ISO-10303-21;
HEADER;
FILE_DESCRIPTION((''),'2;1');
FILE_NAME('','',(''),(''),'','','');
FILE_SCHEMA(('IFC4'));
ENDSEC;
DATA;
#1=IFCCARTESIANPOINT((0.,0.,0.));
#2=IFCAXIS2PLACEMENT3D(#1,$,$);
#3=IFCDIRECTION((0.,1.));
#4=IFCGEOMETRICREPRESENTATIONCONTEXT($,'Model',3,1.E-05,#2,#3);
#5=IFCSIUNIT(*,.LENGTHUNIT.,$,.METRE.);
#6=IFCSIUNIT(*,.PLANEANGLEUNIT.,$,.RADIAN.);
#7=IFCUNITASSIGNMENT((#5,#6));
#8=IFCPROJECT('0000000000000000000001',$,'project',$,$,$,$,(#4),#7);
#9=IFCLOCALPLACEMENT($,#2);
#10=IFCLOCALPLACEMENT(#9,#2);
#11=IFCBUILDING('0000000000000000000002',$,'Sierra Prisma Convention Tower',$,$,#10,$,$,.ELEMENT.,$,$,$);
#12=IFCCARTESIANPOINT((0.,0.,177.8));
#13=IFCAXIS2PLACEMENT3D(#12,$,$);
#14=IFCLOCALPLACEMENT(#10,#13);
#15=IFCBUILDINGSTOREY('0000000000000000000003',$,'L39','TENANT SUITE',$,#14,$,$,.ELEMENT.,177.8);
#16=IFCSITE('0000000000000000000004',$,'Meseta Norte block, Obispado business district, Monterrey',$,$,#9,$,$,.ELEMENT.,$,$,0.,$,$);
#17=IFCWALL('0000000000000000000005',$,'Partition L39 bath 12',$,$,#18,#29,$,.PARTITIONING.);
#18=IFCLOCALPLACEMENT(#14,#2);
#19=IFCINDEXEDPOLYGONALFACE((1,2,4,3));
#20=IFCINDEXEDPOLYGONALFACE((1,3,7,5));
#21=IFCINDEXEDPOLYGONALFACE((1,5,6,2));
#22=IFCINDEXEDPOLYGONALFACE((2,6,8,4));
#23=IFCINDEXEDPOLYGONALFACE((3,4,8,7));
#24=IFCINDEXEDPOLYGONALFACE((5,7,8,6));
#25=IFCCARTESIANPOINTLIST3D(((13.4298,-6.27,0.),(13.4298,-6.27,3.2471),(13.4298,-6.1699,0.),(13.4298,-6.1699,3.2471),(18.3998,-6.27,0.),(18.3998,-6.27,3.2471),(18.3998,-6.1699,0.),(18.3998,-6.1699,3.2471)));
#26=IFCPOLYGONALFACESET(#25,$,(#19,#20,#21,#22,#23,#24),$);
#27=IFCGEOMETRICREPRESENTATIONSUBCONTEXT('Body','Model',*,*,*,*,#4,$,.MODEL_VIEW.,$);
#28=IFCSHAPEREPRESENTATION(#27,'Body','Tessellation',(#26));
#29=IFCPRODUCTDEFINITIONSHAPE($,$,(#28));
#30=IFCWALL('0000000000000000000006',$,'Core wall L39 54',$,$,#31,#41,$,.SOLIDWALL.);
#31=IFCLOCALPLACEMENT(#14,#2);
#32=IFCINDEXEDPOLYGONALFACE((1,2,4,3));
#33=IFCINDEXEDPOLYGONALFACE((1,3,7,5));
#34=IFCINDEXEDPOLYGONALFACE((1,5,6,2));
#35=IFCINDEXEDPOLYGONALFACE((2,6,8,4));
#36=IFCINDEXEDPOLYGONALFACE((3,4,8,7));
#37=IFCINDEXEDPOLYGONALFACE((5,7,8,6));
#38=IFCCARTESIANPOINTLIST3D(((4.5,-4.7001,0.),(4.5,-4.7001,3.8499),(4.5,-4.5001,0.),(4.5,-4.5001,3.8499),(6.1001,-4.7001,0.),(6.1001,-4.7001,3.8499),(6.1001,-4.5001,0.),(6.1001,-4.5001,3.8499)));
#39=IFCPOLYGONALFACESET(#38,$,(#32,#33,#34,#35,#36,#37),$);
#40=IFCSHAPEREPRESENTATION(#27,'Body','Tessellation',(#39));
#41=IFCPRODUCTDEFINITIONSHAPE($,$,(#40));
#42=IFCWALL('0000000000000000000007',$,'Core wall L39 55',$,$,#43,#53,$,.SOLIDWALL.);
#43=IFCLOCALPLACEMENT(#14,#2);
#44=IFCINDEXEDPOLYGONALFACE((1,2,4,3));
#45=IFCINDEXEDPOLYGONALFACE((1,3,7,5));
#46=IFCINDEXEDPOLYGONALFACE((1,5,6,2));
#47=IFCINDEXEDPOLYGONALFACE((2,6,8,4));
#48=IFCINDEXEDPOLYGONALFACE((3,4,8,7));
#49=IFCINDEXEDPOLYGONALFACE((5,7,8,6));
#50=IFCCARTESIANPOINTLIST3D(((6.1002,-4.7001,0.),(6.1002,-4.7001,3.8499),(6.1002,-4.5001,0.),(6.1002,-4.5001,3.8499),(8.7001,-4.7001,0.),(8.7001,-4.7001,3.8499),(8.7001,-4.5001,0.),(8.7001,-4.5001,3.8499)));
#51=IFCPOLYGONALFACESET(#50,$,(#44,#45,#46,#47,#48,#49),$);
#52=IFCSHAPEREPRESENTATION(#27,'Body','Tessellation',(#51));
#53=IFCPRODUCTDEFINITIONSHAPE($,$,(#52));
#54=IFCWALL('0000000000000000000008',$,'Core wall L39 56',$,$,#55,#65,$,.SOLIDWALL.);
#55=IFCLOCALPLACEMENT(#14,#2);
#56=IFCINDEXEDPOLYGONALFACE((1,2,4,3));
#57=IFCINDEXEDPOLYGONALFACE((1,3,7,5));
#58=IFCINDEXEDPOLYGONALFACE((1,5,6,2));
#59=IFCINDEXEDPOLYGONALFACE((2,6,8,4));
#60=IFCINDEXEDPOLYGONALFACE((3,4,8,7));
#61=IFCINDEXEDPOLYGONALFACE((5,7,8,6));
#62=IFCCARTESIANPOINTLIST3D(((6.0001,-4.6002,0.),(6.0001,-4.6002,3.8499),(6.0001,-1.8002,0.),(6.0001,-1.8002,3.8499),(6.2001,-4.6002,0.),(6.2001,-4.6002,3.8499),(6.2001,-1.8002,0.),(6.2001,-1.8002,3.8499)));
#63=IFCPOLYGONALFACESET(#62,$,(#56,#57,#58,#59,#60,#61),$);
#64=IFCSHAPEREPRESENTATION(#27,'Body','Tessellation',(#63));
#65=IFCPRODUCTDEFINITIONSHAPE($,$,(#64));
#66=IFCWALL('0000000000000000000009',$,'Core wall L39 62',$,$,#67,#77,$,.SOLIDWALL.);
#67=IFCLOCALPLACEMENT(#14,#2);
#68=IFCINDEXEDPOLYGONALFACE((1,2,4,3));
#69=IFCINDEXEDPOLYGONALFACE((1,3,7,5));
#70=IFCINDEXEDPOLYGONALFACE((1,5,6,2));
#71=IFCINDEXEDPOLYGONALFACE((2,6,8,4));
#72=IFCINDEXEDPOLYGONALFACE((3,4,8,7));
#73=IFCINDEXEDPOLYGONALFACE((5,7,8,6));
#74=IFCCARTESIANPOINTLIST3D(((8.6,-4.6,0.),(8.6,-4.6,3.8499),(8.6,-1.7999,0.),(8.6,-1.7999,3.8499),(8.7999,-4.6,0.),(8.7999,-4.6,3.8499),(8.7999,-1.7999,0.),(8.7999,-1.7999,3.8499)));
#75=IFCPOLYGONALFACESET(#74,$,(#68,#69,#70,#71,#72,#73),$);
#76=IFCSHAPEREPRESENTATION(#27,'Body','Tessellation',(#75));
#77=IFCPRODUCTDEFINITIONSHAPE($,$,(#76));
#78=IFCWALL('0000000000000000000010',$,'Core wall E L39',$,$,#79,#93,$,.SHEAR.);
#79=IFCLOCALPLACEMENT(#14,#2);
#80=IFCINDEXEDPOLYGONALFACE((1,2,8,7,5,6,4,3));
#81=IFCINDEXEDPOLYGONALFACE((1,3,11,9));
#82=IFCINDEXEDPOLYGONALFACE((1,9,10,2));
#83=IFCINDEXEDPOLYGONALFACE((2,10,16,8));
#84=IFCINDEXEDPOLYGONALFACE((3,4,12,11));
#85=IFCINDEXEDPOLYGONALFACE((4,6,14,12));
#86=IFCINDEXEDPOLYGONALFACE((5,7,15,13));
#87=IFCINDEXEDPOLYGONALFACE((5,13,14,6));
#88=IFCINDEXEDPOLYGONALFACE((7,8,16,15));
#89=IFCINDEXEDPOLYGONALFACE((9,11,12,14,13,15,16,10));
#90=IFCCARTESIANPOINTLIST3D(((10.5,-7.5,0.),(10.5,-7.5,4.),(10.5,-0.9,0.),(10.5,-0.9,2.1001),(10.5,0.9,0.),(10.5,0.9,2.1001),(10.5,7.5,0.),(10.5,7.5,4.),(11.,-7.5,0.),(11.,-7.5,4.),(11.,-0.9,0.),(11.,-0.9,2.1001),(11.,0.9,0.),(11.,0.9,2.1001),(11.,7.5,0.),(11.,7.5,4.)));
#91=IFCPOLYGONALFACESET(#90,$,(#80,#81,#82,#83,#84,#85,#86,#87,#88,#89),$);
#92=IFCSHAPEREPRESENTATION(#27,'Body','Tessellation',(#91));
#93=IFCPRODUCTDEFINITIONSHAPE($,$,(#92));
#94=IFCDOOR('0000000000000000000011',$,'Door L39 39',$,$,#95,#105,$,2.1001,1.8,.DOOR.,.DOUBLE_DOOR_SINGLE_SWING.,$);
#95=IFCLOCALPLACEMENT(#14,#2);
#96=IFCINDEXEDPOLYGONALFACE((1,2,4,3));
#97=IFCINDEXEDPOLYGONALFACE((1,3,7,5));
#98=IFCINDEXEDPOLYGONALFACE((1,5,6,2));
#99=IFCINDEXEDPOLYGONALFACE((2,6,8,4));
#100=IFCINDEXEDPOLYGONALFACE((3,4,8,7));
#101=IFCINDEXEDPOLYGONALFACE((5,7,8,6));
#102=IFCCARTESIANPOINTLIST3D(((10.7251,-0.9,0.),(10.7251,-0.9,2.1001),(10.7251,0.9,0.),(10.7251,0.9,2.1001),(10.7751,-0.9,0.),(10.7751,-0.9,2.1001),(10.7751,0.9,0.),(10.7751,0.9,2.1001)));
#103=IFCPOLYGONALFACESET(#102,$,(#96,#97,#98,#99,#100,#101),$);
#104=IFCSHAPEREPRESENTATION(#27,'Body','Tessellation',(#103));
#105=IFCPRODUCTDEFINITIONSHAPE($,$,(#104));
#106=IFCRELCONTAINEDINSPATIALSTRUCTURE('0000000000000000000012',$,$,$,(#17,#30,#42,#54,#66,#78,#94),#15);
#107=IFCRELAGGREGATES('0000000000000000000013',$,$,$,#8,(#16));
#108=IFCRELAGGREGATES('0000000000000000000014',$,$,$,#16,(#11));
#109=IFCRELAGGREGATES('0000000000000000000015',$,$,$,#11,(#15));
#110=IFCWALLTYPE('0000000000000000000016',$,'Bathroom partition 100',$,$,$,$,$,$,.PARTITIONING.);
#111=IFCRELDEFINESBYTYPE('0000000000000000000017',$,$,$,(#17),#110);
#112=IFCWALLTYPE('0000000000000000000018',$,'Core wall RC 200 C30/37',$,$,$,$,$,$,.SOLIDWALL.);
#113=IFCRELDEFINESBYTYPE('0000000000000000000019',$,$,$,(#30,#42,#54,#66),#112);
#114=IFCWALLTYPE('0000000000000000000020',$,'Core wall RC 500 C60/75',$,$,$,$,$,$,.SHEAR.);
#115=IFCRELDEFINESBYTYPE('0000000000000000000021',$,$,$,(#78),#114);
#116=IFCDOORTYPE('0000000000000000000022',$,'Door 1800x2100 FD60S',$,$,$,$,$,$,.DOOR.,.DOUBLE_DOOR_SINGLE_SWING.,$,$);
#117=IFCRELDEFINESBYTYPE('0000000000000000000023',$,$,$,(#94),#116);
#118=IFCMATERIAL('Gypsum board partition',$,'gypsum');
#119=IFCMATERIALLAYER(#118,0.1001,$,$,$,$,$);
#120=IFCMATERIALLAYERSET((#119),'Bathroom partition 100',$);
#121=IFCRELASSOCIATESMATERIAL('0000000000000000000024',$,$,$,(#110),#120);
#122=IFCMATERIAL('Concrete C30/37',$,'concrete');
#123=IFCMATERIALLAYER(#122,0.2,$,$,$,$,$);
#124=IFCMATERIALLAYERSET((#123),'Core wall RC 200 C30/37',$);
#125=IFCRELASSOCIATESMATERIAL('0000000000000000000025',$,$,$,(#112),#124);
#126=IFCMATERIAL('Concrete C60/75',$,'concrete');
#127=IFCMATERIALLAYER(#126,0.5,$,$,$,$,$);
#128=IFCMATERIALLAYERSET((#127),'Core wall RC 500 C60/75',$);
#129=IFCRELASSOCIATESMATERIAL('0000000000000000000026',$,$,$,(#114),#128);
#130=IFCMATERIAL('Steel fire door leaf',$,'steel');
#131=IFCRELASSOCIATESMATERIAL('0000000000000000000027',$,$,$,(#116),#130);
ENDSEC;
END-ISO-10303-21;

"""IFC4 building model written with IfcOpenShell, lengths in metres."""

from ifc_helpers import new_model, si_unit, direction, frame, frame_2d, origin, place, context, subcontext, project, spatial, rectangle, extrude, material, layer, layer_set, type_object, element, fill, save


model = new_model("IFC4")

# Units and contexts
model_context = context("Model", 3, precision=1e-05, world=origin(), true_north=direction((0.0, 1.0)))
body_context = subcontext(model_context, "Body", "Model", "MODEL_VIEW")
ifc_project = project(units=[si_unit("LENGTHUNIT", "METRE"), si_unit("PLANEANGLEUNIT", "RADIAN")], contexts=[model_context])

# Site, building, storey
site_placement = place(None, origin())
site = spatial("IfcSite", under=ifc_project, at=site_placement, Name="Meseta Norte block, Obispado business district, Monterrey", CompositionType="ELEMENT", RefElevation=0.0)
building_placement = place(site_placement, origin())
building = spatial("IfcBuilding", under=site, at=building_placement, Name="Sierra Prisma Convention Tower", CompositionType="ELEMENT")
storey_placement = place(building_placement, frame((0.0, 0.0, 177.8)))
storey = spatial("IfcBuildingStorey", under=building, at=storey_placement, Name="L39", Description="TENANT SUITE", CompositionType="ELEMENT", Elevation=177.8)

# Walls
ifc_material_1 = material(Name="Gypsum board partition", Category="gypsum")
ifc_layer_1 = layer(ifc_material_1, 0.1001)
ifc_layer_set_1 = layer_set([ifc_layer_1], Name="Bathroom partition 100")
wall_type_1 = type_object("IfcWallType", Name="Bathroom partition 100", PredefinedType="PARTITIONING", material=ifc_layer_set_1)
wall_1_placement = place(storey_placement, frame((13.4299, -6.22, 0.0), z_axis=(0.0, 0.0, 1.0), x_axis=(1.0, 0.0, 0.0)))
element("IfcWall", 1, at=wall_1_placement, inside=storey, type_object=wall_type_1, Name="Partition L39 bath 12", PredefinedType="PARTITIONING", context=body_context, shape_type="SweptSolid", body=[
    extrude(rectangle(XDim=4.97, YDim=0.1001, at=frame_2d((2.4849, 0.0))), origin(), (0.0, 0.0, 1.0), 3.2471),
])
ifc_material_2 = material(Name="Concrete C30/37", Category="concrete")
ifc_layer_2 = layer(ifc_material_2, 0.2)
ifc_layer_set_2 = layer_set([ifc_layer_2], Name="Core wall RC 200 C30/37")
wall_type_2 = type_object("IfcWallType", Name="Core wall RC 200 C30/37", PredefinedType="SOLIDWALL", material=ifc_layer_set_2)
wall_2_placement = place(storey_placement, frame((6.1001, -4.6001, 0.0), z_axis=(0.0, 0.0, 1.0), x_axis=(-1.0, 0.0, 0.0)))
element("IfcWall", 2, at=wall_2_placement, inside=storey, type_object=wall_type_2, Name="Core wall L39 54", PredefinedType="SOLIDWALL", context=body_context, shape_type="SweptSolid", body=[
    extrude(rectangle(XDim=1.6001, YDim=0.2, at=frame_2d((0.8, 0.0))), origin(), (0.0, 0.0, 1.0), 3.8499),
])
wall_3_placement = place(storey_placement, frame((8.7, -4.6001, 0.0), z_axis=(0.0, 0.0, 1.0), x_axis=(-1.0, 0.0, 0.0)))
element("IfcWall", 3, at=wall_3_placement, inside=storey, type_object=wall_type_2, Name="Core wall L39 55", PredefinedType="SOLIDWALL", context=body_context, shape_type="SweptSolid", body=[
    extrude(rectangle(XDim=2.5999, YDim=0.2, at=frame_2d((1.2998, 0.0))), origin(), (0.0, 0.0, 1.0), 3.8499),
])
wall_4_placement = place(storey_placement, frame((6.1001, -4.6001, 0.0), z_axis=(0.0, 0.0, 1.0), x_axis=(0.0, 1.0, 0.0)))
element("IfcWall", 4, at=wall_4_placement, inside=storey, type_object=wall_type_2, Name="Core wall L39 56", PredefinedType="SOLIDWALL", context=body_context, shape_type="SweptSolid", body=[
    extrude(rectangle(XDim=2.8, YDim=0.2, at=frame_2d((1.3999, 0.0))), origin(), (0.0, 0.0, 1.0), 3.8499),
])

# Wall
wall_5_placement = place(storey_placement, frame((8.7, -1.8, 0.0), z_axis=(0.0, 0.0, 1.0), x_axis=(0.0, -1.0, 0.0)))
element("IfcWall", 5, at=wall_5_placement, inside=storey, type_object=wall_type_2, Name="Core wall L39 62", PredefinedType="SOLIDWALL", context=body_context, shape_type="SweptSolid", body=[
    extrude(rectangle(XDim=2.8, YDim=0.2, at=frame_2d((1.3999, 0.0))), origin(), (0.0, 0.0, 1.0), 3.8499),
])

# Wall, opening, door
ifc_material_3 = material(Name="Concrete C60/75", Category="concrete")
ifc_layer_3 = layer(ifc_material_3, 0.5)
ifc_layer_set_3 = layer_set([ifc_layer_3], Name="Core wall RC 500 C60/75")
wall_type_3 = type_object("IfcWallType", Name="Core wall RC 500 C60/75", PredefinedType="SHEAR", material=ifc_layer_set_3)
wall_6_placement = place(storey_placement, frame((10.75, -7.5, 0.0), z_axis=(0.0, 0.0, 1.0), x_axis=(0.0, 1.0, 0.0)))
wall_6 = element("IfcWall", 6, at=wall_6_placement, inside=storey, type_object=wall_type_3, Name="Core wall E L39", PredefinedType="SHEAR", context=body_context, shape_type="SweptSolid", body=[
    extrude(rectangle(XDim=15.0, YDim=0.5, at=frame_2d((7.5, 0.0))), origin(), (0.0, 0.0, 1.0), 4.0),
])
opening_1_placement = place(wall_6_placement, frame((6.6001, 0.0, 0.0)))
opening_1 = element("IfcOpeningElement", 7, at=opening_1_placement, cuts=wall_6, PredefinedType="OPENING", context=body_context, shape_type="SweptSolid", body=[
    extrude(rectangle(XDim=1.8, YDim=2.1001, at=frame_2d((0.8999, 1.05))), frame((0.0, 0.25, 0.0), z_axis=(0.0, -1.0, 0.0), x_axis=(1.0, 0.0, 0.0)), (0.0, 0.0, 1.0), 0.5),
])
ifc_material_4 = material(Name="Steel fire door leaf", Category="steel")
door_type_1 = type_object("IfcDoorType", Name="Door 1800x2100 FD60S", OperationType="DOUBLE_DOOR_SINGLE_SWING", PredefinedType="DOOR", material=ifc_material_4)
door_1_placement = place(opening_1_placement, origin())
door_1 = element("IfcDoor", 8, at=door_1_placement, inside=storey, type_object=door_type_1, Name="Door L39 39", OperationType="DOUBLE_DOOR_SINGLE_SWING", OverallHeight=2.1001, OverallWidth=1.8, PredefinedType="DOOR", context=body_context, shape_type="SweptSolid", body=[
    extrude(rectangle(XDim=1.8, YDim=2.1001, at=frame_2d((0.8999, 1.05))), frame((0.0, 0.0249, 0.0), z_axis=(0.0, -1.0, 0.0), x_axis=(1.0, 0.0, 0.0)), (0.0, 0.0, 1.0), 0.05),
])
fill(opening_1, door_1)

save(model, "model.ifc")
